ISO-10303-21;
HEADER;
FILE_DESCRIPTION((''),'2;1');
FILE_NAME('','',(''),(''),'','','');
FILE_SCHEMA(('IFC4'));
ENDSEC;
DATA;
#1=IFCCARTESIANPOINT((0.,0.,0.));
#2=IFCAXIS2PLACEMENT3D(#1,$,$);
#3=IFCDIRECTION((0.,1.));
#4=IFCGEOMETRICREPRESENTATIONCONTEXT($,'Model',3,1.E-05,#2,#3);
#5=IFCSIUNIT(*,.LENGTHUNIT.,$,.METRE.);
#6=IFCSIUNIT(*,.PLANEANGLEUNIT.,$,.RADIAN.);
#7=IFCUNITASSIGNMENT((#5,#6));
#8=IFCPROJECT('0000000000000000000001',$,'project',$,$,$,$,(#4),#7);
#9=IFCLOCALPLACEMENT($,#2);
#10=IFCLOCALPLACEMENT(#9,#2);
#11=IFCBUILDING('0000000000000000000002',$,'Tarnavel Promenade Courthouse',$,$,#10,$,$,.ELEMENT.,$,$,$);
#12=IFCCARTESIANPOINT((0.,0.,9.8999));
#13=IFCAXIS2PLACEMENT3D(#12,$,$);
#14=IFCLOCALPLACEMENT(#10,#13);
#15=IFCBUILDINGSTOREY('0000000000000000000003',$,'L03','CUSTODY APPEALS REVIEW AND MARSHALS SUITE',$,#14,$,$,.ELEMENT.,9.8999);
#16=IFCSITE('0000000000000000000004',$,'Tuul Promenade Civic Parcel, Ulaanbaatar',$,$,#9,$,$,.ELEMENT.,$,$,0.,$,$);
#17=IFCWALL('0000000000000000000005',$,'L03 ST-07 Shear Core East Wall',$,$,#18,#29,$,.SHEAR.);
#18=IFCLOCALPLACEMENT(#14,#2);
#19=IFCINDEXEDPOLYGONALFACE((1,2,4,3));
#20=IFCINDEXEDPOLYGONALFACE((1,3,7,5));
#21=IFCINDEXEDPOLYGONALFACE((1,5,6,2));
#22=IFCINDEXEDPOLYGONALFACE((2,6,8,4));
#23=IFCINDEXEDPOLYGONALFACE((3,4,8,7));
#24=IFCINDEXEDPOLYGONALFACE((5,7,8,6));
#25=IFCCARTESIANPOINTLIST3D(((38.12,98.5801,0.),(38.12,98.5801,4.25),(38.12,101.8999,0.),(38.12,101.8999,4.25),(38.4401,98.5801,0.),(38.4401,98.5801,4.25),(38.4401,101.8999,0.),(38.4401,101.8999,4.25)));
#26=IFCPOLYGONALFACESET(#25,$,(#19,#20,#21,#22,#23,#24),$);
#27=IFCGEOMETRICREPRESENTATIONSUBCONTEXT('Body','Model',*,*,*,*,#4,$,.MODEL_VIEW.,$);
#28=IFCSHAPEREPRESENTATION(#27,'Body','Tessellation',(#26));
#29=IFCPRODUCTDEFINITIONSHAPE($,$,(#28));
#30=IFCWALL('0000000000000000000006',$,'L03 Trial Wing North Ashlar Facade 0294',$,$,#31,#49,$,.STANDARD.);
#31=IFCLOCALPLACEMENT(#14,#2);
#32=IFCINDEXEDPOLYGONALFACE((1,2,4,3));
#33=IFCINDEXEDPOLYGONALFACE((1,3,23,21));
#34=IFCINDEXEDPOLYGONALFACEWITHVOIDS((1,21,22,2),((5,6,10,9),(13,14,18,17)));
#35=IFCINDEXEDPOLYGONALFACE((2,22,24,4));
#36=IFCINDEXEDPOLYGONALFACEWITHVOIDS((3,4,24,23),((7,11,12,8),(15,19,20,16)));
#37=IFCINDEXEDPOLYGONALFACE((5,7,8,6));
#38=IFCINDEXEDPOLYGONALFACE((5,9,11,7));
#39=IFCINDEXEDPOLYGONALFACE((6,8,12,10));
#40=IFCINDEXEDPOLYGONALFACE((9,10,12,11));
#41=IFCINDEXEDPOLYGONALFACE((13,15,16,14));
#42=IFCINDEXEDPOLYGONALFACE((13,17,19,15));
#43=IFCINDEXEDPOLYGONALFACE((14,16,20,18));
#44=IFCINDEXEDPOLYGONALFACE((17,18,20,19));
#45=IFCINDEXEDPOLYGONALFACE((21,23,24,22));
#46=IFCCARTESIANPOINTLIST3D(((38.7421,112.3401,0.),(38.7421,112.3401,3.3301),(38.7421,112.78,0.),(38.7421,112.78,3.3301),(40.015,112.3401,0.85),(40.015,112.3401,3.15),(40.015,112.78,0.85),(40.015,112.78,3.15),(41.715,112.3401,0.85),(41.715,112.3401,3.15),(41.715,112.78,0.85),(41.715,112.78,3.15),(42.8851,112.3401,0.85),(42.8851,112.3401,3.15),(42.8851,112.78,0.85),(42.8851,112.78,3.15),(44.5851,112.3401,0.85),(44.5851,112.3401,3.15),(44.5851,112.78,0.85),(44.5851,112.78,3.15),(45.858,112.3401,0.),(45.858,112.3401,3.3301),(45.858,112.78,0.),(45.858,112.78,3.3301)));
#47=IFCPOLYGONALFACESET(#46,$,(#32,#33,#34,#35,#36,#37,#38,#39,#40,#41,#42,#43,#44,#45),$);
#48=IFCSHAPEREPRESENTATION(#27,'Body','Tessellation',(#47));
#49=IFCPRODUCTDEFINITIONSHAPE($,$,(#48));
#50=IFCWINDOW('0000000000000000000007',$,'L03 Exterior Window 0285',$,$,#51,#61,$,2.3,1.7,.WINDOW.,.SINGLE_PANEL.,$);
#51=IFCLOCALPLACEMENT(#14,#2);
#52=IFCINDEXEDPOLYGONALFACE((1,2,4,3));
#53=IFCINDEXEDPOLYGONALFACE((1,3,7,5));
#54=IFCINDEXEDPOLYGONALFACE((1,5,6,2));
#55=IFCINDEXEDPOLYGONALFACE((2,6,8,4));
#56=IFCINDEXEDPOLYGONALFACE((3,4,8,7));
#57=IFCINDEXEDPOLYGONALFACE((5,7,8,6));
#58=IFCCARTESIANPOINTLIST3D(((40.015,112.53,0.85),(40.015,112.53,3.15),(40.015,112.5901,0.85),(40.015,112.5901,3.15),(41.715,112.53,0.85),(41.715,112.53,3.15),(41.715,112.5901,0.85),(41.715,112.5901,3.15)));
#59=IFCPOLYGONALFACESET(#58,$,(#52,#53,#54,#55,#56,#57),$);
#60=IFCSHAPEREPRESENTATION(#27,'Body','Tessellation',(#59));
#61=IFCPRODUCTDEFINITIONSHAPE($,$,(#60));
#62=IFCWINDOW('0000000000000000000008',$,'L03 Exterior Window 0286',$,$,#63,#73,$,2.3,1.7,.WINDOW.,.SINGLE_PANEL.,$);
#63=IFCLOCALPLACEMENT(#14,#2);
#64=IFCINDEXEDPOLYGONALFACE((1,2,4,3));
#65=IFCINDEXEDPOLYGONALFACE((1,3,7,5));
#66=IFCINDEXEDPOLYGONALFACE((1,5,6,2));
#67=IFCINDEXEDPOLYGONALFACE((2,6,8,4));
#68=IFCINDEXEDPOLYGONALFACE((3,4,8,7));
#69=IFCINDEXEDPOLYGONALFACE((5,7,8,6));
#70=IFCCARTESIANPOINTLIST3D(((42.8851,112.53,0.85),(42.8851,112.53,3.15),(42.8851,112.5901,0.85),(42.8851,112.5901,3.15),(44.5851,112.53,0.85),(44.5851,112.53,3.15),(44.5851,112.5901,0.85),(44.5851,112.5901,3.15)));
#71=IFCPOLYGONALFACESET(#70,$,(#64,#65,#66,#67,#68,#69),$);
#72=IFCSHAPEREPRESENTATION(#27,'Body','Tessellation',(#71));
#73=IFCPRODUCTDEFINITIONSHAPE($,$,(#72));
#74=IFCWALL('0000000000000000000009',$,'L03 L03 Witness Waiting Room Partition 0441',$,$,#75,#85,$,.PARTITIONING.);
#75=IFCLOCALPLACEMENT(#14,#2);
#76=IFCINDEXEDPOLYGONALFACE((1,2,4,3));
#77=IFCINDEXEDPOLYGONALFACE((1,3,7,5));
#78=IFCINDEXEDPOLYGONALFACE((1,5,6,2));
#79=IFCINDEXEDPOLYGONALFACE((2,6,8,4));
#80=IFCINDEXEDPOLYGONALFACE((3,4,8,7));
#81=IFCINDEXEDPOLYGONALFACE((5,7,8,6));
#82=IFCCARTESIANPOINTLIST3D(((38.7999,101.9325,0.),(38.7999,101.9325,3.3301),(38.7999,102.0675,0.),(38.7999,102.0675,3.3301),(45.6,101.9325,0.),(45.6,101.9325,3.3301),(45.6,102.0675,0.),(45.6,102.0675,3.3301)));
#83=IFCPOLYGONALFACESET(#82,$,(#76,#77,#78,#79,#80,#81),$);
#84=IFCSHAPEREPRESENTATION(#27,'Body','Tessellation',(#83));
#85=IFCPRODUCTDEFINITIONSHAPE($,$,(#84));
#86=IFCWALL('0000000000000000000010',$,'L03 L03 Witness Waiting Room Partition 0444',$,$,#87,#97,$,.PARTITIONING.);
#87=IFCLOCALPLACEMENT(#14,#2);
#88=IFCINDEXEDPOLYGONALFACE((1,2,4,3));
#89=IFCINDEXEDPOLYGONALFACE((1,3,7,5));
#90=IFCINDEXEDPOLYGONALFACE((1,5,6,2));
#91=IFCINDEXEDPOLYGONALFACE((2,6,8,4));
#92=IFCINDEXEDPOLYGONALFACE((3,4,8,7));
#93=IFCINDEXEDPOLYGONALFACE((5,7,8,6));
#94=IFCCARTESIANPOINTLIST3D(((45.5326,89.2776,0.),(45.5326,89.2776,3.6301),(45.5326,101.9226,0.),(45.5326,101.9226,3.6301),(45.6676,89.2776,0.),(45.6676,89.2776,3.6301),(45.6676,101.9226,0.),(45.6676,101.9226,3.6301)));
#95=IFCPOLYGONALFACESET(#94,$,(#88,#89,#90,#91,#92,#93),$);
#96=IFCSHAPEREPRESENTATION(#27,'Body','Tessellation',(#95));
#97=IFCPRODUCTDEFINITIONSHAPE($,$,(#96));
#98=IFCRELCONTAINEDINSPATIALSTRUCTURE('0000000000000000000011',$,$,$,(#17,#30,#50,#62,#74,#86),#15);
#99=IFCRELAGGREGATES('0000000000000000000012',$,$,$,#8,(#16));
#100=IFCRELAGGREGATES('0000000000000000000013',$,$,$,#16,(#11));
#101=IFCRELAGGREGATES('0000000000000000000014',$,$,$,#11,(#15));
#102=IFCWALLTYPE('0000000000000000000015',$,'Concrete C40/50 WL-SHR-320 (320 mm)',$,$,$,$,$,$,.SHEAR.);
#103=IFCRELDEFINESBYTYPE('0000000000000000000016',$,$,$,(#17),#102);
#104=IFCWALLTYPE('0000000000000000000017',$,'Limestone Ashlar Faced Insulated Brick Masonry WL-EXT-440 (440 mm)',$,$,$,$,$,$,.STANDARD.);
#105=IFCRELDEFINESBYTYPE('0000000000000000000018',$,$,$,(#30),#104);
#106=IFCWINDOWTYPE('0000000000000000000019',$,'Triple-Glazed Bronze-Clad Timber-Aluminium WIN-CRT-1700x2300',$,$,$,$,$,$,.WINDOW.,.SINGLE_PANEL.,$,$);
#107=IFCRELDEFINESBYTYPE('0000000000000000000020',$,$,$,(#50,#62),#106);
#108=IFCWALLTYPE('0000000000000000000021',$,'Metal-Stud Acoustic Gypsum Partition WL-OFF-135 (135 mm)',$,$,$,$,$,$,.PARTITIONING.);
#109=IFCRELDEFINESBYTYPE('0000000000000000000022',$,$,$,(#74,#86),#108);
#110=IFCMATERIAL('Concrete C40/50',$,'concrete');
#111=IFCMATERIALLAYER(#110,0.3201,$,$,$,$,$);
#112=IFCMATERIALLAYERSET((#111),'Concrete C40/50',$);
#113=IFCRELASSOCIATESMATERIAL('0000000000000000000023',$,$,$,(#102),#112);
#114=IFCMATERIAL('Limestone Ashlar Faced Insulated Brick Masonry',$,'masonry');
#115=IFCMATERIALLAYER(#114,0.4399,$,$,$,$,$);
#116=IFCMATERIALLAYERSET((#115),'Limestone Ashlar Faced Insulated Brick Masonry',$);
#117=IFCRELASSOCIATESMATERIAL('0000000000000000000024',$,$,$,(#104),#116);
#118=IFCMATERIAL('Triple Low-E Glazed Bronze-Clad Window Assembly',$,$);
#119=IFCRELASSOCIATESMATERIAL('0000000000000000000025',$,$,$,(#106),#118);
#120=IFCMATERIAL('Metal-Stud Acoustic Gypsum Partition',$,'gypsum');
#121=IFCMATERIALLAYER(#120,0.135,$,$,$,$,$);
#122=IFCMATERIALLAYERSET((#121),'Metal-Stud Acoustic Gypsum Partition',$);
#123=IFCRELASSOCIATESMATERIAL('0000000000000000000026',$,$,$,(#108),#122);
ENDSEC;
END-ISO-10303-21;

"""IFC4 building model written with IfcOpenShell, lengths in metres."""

from ifc_helpers import new_model, si_unit, direction, frame, frame_2d, origin, place, context, subcontext, project, spatial, rectangle, extrude, material, layer, layer_set, type_object, element, fill, save


model = new_model("IFC4")

# Units and contexts
model_context = context("Model", 3, precision=1e-05, world=origin(), true_north=direction((0.0, 1.0)))
body_context = subcontext(model_context, "Body", "Model", "MODEL_VIEW")
ifc_project = project(units=[si_unit("LENGTHUNIT", "METRE"), si_unit("PLANEANGLEUNIT", "RADIAN")], contexts=[model_context])

# Site, building, storey
site_placement = place(None, origin())
site = spatial("IfcSite", under=ifc_project, at=site_placement, Name="Tuul Promenade Civic Parcel, Ulaanbaatar", CompositionType="ELEMENT", RefElevation=0.0)
building_placement = place(site_placement, origin())
building = spatial("IfcBuilding", under=site, at=building_placement, Name="Tarnavel Promenade Courthouse", CompositionType="ELEMENT")
storey_placement = place(building_placement, frame((0.0, 0.0, 9.8999)))
storey = spatial("IfcBuildingStorey", under=building, at=storey_placement, Name="L03", Description="CUSTODY APPEALS REVIEW AND MARSHALS SUITE", CompositionType="ELEMENT", Elevation=9.8999)

# Shared definitions
ifc_material_1 = material(Name="Concrete C40/50", Category="concrete")

# Wall
ifc_layer_1 = layer(ifc_material_1, 0.3201)
ifc_layer_set_1 = layer_set([ifc_layer_1], Name="Concrete C40/50")
wall_type_1 = type_object("IfcWallType", Name="Concrete C40/50 WL-SHR-320 (320 mm)", PredefinedType="SHEAR", material=ifc_layer_set_1)
wall_1_placement = place(storey_placement, frame((38.28, 101.8999, 0.0), z_axis=(0.0, 0.0, 1.0), x_axis=(0.0, -1.0, 0.0)))
element("IfcWall", 1, at=wall_1_placement, inside=storey, type_object=wall_type_1, Name="L03 ST-07 Shear Core East Wall", PredefinedType="SHEAR", context=body_context, shape_type="SweptSolid", body=[
    extrude(rectangle(XDim=3.3198, YDim=0.3201, at=frame_2d((1.6599, 0.0))), origin(), (0.0, 0.0, 1.0), 4.25),
])

# Wall, openings, windows
ifc_material_2 = material(Name="Limestone Ashlar Faced Insulated Brick Masonry", Category="masonry")
ifc_layer_2 = layer(ifc_material_2, 0.4399)
ifc_layer_set_2 = layer_set([ifc_layer_2], Name="Limestone Ashlar Faced Insulated Brick Masonry")
wall_type_2 = type_object("IfcWallType", Name="Limestone Ashlar Faced Insulated Brick Masonry WL-EXT-440 (440 mm)", PredefinedType="STANDARD", material=ifc_layer_set_2)
wall_2_placement = place(storey_placement, frame((38.7419, 112.5601, 0.0), z_axis=(0.0, 0.0, 1.0), x_axis=(1.0, 0.0, 0.0)))
wall_2 = element("IfcWall", 2, at=wall_2_placement, inside=storey, type_object=wall_type_2, Name="L03 Trial Wing North Ashlar Facade 0294", PredefinedType="STANDARD", context=body_context, shape_type="SweptSolid", body=[
    extrude(rectangle(XDim=7.116, YDim=0.4399, at=frame_2d((3.5581, 0.0))), origin(), (0.0, 0.0, 1.0), 3.3301),
])
opening_1_placement = place(wall_2_placement, frame((1.2729, 0.0, 0.8501)))
opening_1 = element("IfcOpeningElement", 3, at=opening_1_placement, cuts=wall_2, PredefinedType="OPENING", context=body_context, shape_type="SweptSolid", body=[
    extrude(rectangle(XDim=1.7, YDim=2.3, at=frame_2d((0.8501, 1.1499))), frame((0.0, 0.23, 0.0), z_axis=(0.0, -1.0, 0.0), x_axis=(1.0, 0.0, 0.0)), (0.0, 0.0, 1.0), 0.46),
])
opening_2_placement = place(wall_2_placement, frame((4.1431, 0.0, 0.8501)))
opening_2 = element("IfcOpeningElement", 4, at=opening_2_placement, cuts=wall_2, PredefinedType="OPENING", context=body_context, shape_type="SweptSolid", body=[
    extrude(rectangle(XDim=1.7, YDim=2.3, at=frame_2d((0.8501, 1.1499))), frame((0.0, 0.23, 0.0), z_axis=(0.0, -1.0, 0.0), x_axis=(1.0, 0.0, 0.0)), (0.0, 0.0, 1.0), 0.46),
])
ifc_material_3 = material(Name="Triple Low-E Glazed Bronze-Clad Window Assembly")
window_type = type_object("IfcWindowType", Name="Triple-Glazed Bronze-Clad Timber-Aluminium WIN-CRT-1700x2300", PartitioningType="SINGLE_PANEL", PredefinedType="WINDOW", material=ifc_material_3)
window_1_placement = place(opening_1_placement, origin())
window_1 = element("IfcWindow", 5, at=window_1_placement, inside=storey, type_object=window_type, Name="L03 Exterior Window 0285", OverallHeight=2.3, OverallWidth=1.7, PartitioningType="SINGLE_PANEL", PredefinedType="WINDOW", context=body_context, shape_type="SweptSolid", body=[
    extrude(rectangle(XDim=1.7, YDim=2.3, at=frame_2d((0.8501, 1.1499))), frame((0.0, 0.03, 0.0), z_axis=(0.0, -1.0, 0.0), x_axis=(1.0, 0.0, 0.0)), (0.0, 0.0, 1.0), 0.0601),
])
fill(opening_1, window_1)
window_2_placement = place(opening_2_placement, origin())
window_2 = element("IfcWindow", 6, at=window_2_placement, inside=storey, type_object=window_type, Name="L03 Exterior Window 0286", OverallHeight=2.3, OverallWidth=1.7, PartitioningType="SINGLE_PANEL", PredefinedType="WINDOW", context=body_context, shape_type="SweptSolid", body=[
    extrude(rectangle(XDim=1.7, YDim=2.3, at=frame_2d((0.8501, 1.1499))), frame((0.0, 0.03, 0.0), z_axis=(0.0, -1.0, 0.0), x_axis=(1.0, 0.0, 0.0)), (0.0, 0.0, 1.0), 0.0601),
])
fill(opening_2, window_2)

# Walls
ifc_material_4 = material(Name="Metal-Stud Acoustic Gypsum Partition", Category="gypsum")
ifc_layer_3 = layer(ifc_material_4, 0.135)
ifc_layer_set_3 = layer_set([ifc_layer_3], Name="Metal-Stud Acoustic Gypsum Partition")
wall_type_3 = type_object("IfcWallType", Name="Metal-Stud Acoustic Gypsum Partition WL-OFF-135 (135 mm)", PredefinedType="PARTITIONING", material=ifc_layer_set_3)
wall_3_placement = place(storey_placement, frame((38.8, 102.0, 0.0), z_axis=(0.0, 0.0, 1.0), x_axis=(1.0, 0.0, 0.0)))
element("IfcWall", 7, at=wall_3_placement, inside=storey, type_object=wall_type_3, Name="L03 L03 Witness Waiting Room Partition 0441", PredefinedType="PARTITIONING", context=body_context, shape_type="SweptSolid", body=[
    extrude(rectangle(XDim=6.8, YDim=0.135, at=frame_2d((3.3999, 0.0))), origin(), (0.0, 0.0, 1.0), 3.3301),
])
wall_4_placement = place(storey_placement, frame((45.6001, 101.9226, 0.0), z_axis=(0.0, 0.0, 1.0), x_axis=(0.0, -1.0, 0.0)))
element("IfcWall", 8, at=wall_4_placement, inside=storey, type_object=wall_type_3, Name="L03 L03 Witness Waiting Room Partition 0444", PredefinedType="PARTITIONING", context=body_context, shape_type="SweptSolid", body=[
    extrude(rectangle(XDim=12.645, YDim=0.135, at=frame_2d((6.3225, 0.0))), origin(), (0.0, 0.0, 1.0), 3.6301),
])

save(model, "model.ifc")
